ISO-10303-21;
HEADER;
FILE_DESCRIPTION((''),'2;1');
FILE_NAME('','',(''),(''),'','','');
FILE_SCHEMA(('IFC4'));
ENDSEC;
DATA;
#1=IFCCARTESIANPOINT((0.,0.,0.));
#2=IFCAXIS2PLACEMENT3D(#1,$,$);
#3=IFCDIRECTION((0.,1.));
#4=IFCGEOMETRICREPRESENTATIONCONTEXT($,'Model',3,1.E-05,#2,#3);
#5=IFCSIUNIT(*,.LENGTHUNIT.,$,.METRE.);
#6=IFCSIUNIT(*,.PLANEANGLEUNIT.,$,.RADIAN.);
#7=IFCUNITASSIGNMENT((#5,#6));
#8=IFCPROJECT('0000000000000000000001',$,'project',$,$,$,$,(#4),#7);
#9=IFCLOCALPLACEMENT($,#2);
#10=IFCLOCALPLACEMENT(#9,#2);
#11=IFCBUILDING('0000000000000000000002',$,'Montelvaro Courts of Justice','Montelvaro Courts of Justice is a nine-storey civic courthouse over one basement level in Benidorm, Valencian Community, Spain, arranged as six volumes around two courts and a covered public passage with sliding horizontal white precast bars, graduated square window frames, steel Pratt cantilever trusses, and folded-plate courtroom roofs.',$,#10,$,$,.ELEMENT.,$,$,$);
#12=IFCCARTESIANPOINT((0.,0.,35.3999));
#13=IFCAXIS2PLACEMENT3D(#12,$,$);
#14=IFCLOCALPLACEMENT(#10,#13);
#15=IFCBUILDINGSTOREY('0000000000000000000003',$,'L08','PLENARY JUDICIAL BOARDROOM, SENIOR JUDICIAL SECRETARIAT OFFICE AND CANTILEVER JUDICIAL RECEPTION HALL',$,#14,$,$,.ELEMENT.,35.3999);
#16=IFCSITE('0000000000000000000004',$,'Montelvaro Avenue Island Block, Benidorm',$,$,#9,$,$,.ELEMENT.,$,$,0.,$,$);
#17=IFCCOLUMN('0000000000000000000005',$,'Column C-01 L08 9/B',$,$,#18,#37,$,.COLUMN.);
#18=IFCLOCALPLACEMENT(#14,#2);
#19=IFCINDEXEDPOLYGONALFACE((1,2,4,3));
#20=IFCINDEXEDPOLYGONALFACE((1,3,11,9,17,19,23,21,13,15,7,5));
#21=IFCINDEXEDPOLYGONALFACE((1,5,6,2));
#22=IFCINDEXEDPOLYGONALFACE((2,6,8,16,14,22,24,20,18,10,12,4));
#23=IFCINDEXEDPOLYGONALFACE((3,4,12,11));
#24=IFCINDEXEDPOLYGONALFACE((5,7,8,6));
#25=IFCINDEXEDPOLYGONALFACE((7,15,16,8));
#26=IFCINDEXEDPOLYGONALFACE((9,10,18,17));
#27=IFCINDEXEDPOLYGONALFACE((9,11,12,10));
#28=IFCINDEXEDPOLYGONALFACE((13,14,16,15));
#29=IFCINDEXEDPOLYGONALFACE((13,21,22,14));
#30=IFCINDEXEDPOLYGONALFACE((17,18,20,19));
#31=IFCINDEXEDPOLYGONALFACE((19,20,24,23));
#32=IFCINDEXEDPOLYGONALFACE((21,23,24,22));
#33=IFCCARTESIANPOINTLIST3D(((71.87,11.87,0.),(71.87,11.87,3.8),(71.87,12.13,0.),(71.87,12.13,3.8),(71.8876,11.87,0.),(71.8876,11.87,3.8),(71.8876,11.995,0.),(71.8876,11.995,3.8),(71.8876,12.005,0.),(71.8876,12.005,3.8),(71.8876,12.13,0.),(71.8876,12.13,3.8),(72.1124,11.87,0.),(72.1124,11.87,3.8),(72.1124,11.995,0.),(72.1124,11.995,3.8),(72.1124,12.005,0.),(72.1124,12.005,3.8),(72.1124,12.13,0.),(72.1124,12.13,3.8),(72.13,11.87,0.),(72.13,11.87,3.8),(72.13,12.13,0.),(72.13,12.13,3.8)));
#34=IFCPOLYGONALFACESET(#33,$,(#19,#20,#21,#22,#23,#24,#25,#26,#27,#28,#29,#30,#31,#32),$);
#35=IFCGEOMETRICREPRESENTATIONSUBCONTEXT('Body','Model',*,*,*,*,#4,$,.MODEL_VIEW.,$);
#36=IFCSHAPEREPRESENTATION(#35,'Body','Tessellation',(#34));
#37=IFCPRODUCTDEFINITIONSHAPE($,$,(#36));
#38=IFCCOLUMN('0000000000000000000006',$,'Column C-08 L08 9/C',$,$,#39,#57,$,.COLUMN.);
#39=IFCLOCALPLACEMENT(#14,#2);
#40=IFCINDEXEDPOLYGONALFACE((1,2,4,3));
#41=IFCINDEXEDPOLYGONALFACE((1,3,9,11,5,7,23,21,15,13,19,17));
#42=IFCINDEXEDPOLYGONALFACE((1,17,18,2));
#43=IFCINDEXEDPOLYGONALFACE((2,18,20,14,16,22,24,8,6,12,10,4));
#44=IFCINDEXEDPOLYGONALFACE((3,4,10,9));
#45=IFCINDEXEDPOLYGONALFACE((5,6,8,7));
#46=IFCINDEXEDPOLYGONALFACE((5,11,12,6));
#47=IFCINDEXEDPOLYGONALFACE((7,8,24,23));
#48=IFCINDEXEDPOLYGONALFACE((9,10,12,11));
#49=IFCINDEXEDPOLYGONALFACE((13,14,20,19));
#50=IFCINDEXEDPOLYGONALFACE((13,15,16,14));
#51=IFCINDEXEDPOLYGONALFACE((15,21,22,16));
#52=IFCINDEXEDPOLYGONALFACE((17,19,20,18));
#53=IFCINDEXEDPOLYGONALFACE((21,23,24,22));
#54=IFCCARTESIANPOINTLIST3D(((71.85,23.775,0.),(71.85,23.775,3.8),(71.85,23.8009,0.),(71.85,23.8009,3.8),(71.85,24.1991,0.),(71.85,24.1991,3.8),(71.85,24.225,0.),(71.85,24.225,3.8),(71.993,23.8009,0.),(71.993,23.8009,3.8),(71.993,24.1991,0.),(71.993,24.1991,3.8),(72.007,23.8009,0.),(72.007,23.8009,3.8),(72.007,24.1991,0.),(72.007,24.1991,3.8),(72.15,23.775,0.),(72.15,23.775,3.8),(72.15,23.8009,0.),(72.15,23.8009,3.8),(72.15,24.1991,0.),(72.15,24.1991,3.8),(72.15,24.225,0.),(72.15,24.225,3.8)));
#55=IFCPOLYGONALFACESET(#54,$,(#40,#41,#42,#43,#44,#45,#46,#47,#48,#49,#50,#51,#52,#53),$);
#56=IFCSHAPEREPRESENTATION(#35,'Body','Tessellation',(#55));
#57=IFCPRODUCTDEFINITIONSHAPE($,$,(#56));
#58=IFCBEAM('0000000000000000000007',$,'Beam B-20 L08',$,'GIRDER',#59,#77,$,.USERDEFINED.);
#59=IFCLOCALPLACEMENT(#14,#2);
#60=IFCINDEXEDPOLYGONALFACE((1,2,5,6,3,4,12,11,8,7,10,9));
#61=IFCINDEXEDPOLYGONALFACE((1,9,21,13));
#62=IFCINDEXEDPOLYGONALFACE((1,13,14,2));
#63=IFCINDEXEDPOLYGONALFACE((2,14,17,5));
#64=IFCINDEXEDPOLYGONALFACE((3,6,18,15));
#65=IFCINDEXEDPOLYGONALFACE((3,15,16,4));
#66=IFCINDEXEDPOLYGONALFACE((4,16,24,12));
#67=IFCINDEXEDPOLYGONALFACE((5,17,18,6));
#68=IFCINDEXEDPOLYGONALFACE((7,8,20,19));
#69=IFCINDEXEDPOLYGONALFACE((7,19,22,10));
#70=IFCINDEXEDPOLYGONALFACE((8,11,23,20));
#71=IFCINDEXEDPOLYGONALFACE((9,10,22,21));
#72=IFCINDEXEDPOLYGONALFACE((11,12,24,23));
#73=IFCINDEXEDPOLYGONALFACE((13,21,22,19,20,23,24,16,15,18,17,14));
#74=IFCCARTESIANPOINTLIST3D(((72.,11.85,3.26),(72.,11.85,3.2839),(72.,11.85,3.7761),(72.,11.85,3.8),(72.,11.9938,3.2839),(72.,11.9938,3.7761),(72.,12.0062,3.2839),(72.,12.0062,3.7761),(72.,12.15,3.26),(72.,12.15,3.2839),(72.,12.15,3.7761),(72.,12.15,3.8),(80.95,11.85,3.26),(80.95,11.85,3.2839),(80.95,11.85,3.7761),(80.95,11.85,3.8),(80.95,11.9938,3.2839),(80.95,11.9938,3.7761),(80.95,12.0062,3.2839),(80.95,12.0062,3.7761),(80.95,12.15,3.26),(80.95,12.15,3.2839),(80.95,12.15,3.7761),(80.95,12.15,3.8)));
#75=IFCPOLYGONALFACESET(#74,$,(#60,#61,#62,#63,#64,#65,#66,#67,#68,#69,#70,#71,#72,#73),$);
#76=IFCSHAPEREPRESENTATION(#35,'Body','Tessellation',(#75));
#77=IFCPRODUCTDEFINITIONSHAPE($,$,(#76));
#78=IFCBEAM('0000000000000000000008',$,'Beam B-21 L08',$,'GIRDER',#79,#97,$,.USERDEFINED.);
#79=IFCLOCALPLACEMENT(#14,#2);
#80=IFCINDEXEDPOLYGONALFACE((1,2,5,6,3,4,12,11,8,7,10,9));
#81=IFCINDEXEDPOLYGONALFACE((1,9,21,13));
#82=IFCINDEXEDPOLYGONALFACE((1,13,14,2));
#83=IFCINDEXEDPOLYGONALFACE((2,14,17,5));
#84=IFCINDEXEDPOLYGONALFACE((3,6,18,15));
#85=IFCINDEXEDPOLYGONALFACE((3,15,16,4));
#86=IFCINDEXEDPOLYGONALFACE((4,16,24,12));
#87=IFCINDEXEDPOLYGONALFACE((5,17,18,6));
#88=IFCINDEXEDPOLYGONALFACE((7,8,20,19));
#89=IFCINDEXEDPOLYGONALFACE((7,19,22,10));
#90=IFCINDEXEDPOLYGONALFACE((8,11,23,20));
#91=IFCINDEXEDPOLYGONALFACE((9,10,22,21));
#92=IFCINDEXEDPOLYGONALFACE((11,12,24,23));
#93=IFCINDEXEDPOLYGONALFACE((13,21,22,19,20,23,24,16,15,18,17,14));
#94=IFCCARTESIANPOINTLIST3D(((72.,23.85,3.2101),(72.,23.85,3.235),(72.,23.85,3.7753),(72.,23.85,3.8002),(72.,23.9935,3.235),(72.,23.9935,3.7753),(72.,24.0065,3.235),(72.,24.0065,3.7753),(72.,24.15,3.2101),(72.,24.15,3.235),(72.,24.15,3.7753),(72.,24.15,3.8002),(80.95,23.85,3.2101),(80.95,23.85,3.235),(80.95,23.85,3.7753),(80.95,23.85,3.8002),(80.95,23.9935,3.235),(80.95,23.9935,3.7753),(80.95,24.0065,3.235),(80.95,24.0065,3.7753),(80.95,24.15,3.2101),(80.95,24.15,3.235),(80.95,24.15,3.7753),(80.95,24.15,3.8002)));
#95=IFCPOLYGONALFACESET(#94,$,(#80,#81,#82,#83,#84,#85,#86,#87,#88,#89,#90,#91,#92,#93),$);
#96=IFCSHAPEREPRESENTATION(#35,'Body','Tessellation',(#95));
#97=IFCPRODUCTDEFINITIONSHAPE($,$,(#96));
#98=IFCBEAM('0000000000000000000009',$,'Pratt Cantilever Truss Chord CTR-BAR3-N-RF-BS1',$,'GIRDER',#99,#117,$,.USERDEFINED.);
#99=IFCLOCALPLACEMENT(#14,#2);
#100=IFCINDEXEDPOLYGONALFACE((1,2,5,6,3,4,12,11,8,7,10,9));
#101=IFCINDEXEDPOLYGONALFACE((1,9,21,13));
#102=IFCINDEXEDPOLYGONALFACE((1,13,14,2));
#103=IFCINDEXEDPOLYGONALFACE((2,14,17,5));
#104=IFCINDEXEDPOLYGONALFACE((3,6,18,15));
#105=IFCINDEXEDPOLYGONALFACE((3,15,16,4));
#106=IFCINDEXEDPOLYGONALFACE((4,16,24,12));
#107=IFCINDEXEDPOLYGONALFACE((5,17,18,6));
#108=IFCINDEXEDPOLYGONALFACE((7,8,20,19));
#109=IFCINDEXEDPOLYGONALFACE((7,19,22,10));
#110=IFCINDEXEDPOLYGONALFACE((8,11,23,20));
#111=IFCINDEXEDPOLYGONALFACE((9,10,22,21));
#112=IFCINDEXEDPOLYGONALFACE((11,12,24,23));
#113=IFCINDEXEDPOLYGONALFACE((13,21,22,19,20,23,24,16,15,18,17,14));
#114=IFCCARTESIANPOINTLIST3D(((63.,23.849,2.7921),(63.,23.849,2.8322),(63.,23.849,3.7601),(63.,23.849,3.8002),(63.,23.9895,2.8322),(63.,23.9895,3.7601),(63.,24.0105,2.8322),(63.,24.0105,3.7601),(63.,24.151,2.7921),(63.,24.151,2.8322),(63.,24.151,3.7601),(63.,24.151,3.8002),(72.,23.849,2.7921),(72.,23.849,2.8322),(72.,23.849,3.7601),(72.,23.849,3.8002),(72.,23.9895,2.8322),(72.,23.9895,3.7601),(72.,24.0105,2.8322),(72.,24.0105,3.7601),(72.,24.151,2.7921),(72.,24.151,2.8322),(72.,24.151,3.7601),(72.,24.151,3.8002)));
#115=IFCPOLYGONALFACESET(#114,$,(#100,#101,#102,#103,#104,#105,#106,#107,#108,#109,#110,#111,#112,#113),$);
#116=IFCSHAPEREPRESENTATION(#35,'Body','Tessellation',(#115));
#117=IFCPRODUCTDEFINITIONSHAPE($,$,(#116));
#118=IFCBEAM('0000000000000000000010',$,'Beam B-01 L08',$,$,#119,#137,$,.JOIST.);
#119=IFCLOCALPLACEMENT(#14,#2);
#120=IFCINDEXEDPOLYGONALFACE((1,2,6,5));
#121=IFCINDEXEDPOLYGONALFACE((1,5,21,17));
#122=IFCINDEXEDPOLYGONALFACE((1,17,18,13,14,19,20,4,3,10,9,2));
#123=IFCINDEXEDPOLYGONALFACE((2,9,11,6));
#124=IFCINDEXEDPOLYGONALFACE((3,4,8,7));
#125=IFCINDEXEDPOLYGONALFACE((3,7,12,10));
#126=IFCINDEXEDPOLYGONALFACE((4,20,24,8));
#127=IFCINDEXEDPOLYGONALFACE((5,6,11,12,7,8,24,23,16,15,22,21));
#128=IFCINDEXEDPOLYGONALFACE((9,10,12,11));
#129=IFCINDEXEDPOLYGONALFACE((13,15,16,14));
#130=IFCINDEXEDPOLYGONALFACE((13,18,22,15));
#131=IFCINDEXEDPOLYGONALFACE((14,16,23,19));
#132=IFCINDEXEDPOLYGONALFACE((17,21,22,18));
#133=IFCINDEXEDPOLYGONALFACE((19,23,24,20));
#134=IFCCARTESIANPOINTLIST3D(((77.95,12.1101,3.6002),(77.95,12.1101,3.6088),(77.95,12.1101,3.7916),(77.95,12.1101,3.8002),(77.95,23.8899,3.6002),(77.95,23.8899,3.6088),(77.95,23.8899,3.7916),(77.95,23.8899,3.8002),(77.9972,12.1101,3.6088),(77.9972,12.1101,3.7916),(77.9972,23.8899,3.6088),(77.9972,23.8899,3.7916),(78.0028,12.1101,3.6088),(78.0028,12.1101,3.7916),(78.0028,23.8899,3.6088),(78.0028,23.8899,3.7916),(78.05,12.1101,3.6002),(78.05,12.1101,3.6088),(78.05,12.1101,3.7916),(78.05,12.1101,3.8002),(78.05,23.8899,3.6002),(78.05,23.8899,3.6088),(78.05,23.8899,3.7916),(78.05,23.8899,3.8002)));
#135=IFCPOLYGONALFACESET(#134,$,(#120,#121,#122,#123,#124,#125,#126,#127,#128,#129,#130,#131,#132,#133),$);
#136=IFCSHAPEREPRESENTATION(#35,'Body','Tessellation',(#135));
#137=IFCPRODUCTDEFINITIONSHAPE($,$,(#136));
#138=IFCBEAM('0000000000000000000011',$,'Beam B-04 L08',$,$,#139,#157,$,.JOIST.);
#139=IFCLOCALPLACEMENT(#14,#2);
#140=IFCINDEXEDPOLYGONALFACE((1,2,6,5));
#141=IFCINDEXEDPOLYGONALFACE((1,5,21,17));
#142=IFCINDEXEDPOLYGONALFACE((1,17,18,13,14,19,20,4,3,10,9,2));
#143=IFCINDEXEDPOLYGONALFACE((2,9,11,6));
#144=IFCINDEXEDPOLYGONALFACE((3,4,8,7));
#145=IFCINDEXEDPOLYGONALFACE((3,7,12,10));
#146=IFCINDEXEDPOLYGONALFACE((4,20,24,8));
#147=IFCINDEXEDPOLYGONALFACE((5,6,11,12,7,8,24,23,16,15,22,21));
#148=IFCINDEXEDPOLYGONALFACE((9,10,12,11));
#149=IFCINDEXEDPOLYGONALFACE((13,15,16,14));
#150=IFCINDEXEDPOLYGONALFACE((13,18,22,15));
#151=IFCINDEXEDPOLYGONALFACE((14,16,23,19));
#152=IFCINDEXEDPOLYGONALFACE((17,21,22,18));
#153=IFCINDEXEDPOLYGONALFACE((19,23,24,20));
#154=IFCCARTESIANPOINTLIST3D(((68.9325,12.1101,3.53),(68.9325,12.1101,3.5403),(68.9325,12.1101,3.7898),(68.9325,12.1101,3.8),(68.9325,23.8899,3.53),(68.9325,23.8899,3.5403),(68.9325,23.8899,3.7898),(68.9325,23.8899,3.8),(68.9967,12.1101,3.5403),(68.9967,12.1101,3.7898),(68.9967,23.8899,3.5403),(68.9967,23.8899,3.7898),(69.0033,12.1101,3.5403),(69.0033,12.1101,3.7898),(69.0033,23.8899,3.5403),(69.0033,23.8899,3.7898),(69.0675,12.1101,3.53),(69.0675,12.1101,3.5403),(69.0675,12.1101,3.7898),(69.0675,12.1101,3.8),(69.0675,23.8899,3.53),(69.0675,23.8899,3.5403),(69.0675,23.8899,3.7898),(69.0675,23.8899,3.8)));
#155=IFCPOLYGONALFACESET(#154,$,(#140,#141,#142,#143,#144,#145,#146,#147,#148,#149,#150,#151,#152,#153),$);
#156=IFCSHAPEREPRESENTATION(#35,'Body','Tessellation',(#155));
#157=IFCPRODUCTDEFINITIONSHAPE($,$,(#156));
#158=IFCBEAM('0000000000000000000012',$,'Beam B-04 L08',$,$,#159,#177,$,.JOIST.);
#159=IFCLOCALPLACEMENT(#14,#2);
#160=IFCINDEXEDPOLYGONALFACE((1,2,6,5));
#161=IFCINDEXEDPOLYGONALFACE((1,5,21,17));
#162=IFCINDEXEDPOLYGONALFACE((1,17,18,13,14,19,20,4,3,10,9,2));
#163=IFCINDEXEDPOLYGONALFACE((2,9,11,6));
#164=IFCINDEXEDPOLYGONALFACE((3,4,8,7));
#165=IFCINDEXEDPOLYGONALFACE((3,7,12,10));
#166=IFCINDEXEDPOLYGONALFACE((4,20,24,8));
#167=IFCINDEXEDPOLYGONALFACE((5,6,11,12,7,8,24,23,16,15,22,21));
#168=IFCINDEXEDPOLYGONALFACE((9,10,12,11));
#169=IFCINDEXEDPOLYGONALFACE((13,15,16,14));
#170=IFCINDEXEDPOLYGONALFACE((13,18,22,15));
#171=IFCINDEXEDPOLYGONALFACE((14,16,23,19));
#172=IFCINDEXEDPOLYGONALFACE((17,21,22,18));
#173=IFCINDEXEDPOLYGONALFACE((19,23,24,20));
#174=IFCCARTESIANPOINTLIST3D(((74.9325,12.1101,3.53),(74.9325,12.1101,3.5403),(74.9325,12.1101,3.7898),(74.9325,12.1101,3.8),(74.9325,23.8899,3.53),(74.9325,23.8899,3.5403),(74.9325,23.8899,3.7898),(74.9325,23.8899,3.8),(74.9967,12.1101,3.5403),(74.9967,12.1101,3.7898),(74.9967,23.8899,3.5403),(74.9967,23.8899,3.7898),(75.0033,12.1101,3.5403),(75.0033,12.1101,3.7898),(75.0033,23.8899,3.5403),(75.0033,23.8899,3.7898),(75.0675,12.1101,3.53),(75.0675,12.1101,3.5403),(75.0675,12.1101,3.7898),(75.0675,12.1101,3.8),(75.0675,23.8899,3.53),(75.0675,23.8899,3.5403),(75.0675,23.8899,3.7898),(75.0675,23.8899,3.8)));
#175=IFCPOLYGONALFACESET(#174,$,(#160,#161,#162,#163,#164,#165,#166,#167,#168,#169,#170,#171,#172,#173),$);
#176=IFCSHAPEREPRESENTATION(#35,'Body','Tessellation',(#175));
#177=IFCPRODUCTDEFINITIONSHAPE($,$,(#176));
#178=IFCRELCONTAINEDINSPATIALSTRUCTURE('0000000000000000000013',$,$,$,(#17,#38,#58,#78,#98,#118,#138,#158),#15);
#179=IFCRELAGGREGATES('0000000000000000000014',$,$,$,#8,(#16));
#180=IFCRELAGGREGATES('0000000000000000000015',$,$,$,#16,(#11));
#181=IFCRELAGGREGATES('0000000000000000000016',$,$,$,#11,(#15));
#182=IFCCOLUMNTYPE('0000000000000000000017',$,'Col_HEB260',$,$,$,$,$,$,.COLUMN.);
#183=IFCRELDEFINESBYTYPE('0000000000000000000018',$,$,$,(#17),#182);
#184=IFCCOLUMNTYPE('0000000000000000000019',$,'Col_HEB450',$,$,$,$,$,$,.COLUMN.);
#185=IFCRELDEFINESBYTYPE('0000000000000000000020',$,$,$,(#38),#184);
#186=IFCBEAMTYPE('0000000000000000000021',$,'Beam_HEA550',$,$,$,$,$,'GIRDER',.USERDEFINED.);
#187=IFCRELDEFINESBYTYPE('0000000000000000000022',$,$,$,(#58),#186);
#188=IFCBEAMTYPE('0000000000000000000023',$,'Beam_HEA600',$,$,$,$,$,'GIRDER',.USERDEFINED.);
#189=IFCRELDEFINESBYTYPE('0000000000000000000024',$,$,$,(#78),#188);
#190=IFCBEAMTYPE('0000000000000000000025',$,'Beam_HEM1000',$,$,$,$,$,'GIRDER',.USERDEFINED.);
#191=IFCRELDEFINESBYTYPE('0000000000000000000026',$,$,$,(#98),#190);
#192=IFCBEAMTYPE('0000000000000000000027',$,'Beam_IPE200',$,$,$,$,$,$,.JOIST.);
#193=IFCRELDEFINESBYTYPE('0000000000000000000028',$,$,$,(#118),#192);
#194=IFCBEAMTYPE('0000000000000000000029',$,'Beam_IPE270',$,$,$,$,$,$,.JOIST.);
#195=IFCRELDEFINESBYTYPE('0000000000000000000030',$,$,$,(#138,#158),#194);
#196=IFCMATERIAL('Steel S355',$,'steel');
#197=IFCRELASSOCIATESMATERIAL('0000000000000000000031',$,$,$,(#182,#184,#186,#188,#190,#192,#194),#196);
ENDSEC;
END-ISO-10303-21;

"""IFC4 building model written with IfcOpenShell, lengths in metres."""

from ifc_helpers import new_model, si_unit, direction, frame, origin, origin_2d, place, context, subcontext, project, spatial, i_section, extrude, material, material_profile, profile_set, type_object, element, save


model = new_model("IFC4")

# Units and contexts
model_context = context("Model", 3, precision=1e-05, world=origin(), true_north=direction((0.0, 1.0)))
body_context = subcontext(model_context, "Body", "Model", "MODEL_VIEW")
ifc_project = project(units=[si_unit("LENGTHUNIT", "METRE"), si_unit("PLANEANGLEUNIT", "RADIAN")], contexts=[model_context])

# Site, building, storey
site_placement = place(None, origin())
site = spatial("IfcSite", under=ifc_project, at=site_placement, Name="Montelvaro Avenue Island Block, Benidorm", CompositionType="ELEMENT", RefElevation=0.0)
building_placement = place(site_placement, origin())
building = spatial("IfcBuilding", under=site, at=building_placement, Name="Montelvaro Courts of Justice", Description="Montelvaro Courts of Justice is a nine-storey civic courthouse over one basement level in Benidorm, Valencian Community, Spain, arranged as six volumes around two courts and a covered public passage with sliding horizontal white precast bars, graduated square window frames, steel Pratt cantilever trusses, and folded-plate courtroom roofs.", CompositionType="ELEMENT")
storey_placement = place(building_placement, frame((0.0, 0.0, 35.3999)))
storey = spatial("IfcBuildingStorey", under=building, at=storey_placement, Name="L08", Description="PLENARY JUDICIAL BOARDROOM, SENIOR JUDICIAL SECRETARIAT OFFICE AND CANTILEVER JUDICIAL RECEPTION HALL", CompositionType="ELEMENT", Elevation=35.3999)

# Columns
ifc_material_1 = material(Name="Steel S355", Category="steel")
ifc_material_profile_1 = material_profile(ifc_material_1, i_section(OverallWidth=0.26, OverallDepth=0.26, WebThickness=0.01, FlangeThickness=0.0176, at=origin_2d()), Name="HEB 260")
ifc_profile_set_1 = profile_set([ifc_material_profile_1], Name="Steel S355")
column_type_1 = type_object("IfcColumnType", Name="Col_HEB260", PredefinedType="COLUMN", material=ifc_profile_set_1)
column_1_placement = place(storey_placement, frame((72.0, 12.0, 0.0), z_axis=(0.0, 0.0, 1.0), x_axis=(0.0, 1.0, 0.0)))
element("IfcColumn", 1, at=column_1_placement, inside=storey, type_object=column_type_1, Name="Column C-01 L08 9/B", PredefinedType="COLUMN", context=body_context, shape_type="SweptSolid", body=[
    extrude(i_section(OverallWidth=0.26, OverallDepth=0.26, WebThickness=0.01, FlangeThickness=0.0176, at=origin_2d()), origin(), (0.0, 0.0, 1.0), 3.8),
])
ifc_material_profile_2 = material_profile(ifc_material_1, i_section(OverallWidth=0.3, OverallDepth=0.45, WebThickness=0.0139, FlangeThickness=0.0259, at=origin_2d()), Name="HEB 450")
ifc_profile_set_2 = profile_set([ifc_material_profile_2], Name="Steel S355")
column_type_2 = type_object("IfcColumnType", Name="Col_HEB450", PredefinedType="COLUMN", material=ifc_profile_set_2)
column_2_placement = place(storey_placement, frame((72.0, 24.0, 0.0), z_axis=(0.0, 0.0, 1.0), x_axis=(1.0, 0.0, 0.0)))
element("IfcColumn", 2, at=column_2_placement, inside=storey, type_object=column_type_2, Name="Column C-08 L08 9/C", PredefinedType="COLUMN", context=body_context, shape_type="SweptSolid", body=[
    extrude(i_section(OverallWidth=0.3, OverallDepth=0.45, WebThickness=0.0139, FlangeThickness=0.0259, at=origin_2d()), origin(), (0.0, 0.0, 1.0), 3.8),
])

# Beams
ifc_material_profile_3 = material_profile(ifc_material_1, i_section(OverallWidth=0.3, OverallDepth=0.54, WebThickness=0.0125, FlangeThickness=0.0239, at=origin_2d()), Name="HEA 550")
ifc_profile_set_3 = profile_set([ifc_material_profile_3], Name="Steel S355")
beam_type_1 = type_object("IfcBeamType", Name="Beam_HEA550", ElementType="GIRDER", PredefinedType="USERDEFINED", material=ifc_profile_set_3)
beam_1_placement = place(storey_placement, frame((72.0, 12.0, 3.53), z_axis=(1.0, 0.0, 0.0), x_axis=(0.0, 1.0, 0.0)))
element("IfcBeam", 3, at=beam_1_placement, inside=storey, type_object=beam_type_1, Name="Beam B-20 L08", ObjectType="GIRDER", PredefinedType="USERDEFINED", context=body_context, shape_type="SweptSolid", body=[
    extrude(i_section(OverallWidth=0.3, OverallDepth=0.54, WebThickness=0.0125, FlangeThickness=0.0239, at=origin_2d()), origin(), (0.0, 0.0, 1.0), 8.95),
])
ifc_material_profile_4 = material_profile(ifc_material_1, i_section(OverallWidth=0.3, OverallDepth=0.5901, WebThickness=0.0129, FlangeThickness=0.0249, at=origin_2d()), Name="HEA 600")
ifc_profile_set_4 = profile_set([ifc_material_profile_4], Name="Steel S355")
beam_type_2 = type_object("IfcBeamType", Name="Beam_HEA600", ElementType="GIRDER", PredefinedType="USERDEFINED", material=ifc_profile_set_4)
beam_2_placement = place(storey_placement, frame((72.0, 24.0, 3.5051), z_axis=(1.0, 0.0, 0.0), x_axis=(0.0, 1.0, 0.0)))
element("IfcBeam", 4, at=beam_2_placement, inside=storey, type_object=beam_type_2, Name="Beam B-21 L08", ObjectType="GIRDER", PredefinedType="USERDEFINED", context=body_context, shape_type="SweptSolid", body=[
    extrude(i_section(OverallWidth=0.3, OverallDepth=0.5901, WebThickness=0.0129, FlangeThickness=0.0249, at=origin_2d()), origin(), (0.0, 0.0, 1.0), 8.95),
])
ifc_material_profile_5 = material_profile(ifc_material_1, i_section(OverallWidth=0.302, OverallDepth=1.0081, WebThickness=0.021, FlangeThickness=0.04, at=origin_2d()), Name="HEM 1000")
ifc_profile_set_5 = profile_set([ifc_material_profile_5], Name="Steel S355")
beam_type_3 = type_object("IfcBeamType", Name="Beam_HEM1000", ElementType="GIRDER", PredefinedType="USERDEFINED", material=ifc_profile_set_5)
beam_3_placement = place(storey_placement, frame((72.0, 24.0, 3.2961), z_axis=(-1.0, 0.0, 0.0), x_axis=(0.0, -1.0, 0.0)))
element("IfcBeam", 5, at=beam_3_placement, inside=storey, type_object=beam_type_3, Name="Pratt Cantilever Truss Chord CTR-BAR3-N-RF-BS1", ObjectType="GIRDER", PredefinedType="USERDEFINED", context=body_context, shape_type="SweptSolid", body=[
    extrude(i_section(OverallWidth=0.302, OverallDepth=1.0081, WebThickness=0.021, FlangeThickness=0.04, at=origin_2d()), origin(), (0.0, 0.0, 1.0), 9.0),
])
ifc_material_profile_6 = material_profile(ifc_material_1, i_section(OverallWidth=0.1001, OverallDepth=0.2, WebThickness=0.0056, FlangeThickness=0.0085, at=origin_2d()), Name="IPE 200")
ifc_profile_set_6 = profile_set([ifc_material_profile_6], Name="Steel S355")
beam_type_4 = type_object("IfcBeamType", Name="Beam_IPE200", PredefinedType="JOIST", material=ifc_profile_set_6)
beam_4_placement = place(storey_placement, frame((78.0, 12.1101, 3.7002), z_axis=(0.0, 1.0, 0.0), x_axis=(-1.0, 0.0, 0.0)))
element("IfcBeam", 6, at=beam_4_placement, inside=storey, type_object=beam_type_4, Name="Beam B-01 L08", PredefinedType="JOIST", context=body_context, shape_type="SweptSolid", body=[
    extrude(i_section(OverallWidth=0.1001, OverallDepth=0.2, WebThickness=0.0056, FlangeThickness=0.0085, at=origin_2d()), origin(), (0.0, 0.0, 1.0), 11.7798),
])
ifc_material_profile_7 = material_profile(ifc_material_1, i_section(OverallWidth=0.135, OverallDepth=0.27, WebThickness=0.0066, FlangeThickness=0.0103, at=origin_2d()), Name="IPE 270")
ifc_profile_set_7 = profile_set([ifc_material_profile_7], Name="Steel S355")
beam_type_5 = type_object("IfcBeamType", Name="Beam_IPE270", PredefinedType="JOIST", material=ifc_profile_set_7)
for number, where, z_axis, x_axis, name in (
    (7, (69.0, 12.1101, 3.665), (0.0, 1.0, 0.0), (-1.0, 0.0, 0.0), "Beam B-04 L08"),
    (8, (75.0, 12.1101, 3.665), (0.0, 1.0, 0.0), (-1.0, 0.0, 0.0), "Beam B-04 L08"),
):
    element("IfcBeam", number, at=place(storey_placement, frame(where, z_axis=z_axis, x_axis=x_axis)), inside=storey, type_object=beam_type_5, Name=name, PredefinedType="JOIST", context=body_context, shape_type="SweptSolid", body=[
        extrude(i_section(OverallWidth=0.135, OverallDepth=0.27, WebThickness=0.0066, FlangeThickness=0.0103, at=origin_2d()), origin(), (0.0, 0.0, 1.0), 11.7798),
    ])

save(model, "model.ifc")
